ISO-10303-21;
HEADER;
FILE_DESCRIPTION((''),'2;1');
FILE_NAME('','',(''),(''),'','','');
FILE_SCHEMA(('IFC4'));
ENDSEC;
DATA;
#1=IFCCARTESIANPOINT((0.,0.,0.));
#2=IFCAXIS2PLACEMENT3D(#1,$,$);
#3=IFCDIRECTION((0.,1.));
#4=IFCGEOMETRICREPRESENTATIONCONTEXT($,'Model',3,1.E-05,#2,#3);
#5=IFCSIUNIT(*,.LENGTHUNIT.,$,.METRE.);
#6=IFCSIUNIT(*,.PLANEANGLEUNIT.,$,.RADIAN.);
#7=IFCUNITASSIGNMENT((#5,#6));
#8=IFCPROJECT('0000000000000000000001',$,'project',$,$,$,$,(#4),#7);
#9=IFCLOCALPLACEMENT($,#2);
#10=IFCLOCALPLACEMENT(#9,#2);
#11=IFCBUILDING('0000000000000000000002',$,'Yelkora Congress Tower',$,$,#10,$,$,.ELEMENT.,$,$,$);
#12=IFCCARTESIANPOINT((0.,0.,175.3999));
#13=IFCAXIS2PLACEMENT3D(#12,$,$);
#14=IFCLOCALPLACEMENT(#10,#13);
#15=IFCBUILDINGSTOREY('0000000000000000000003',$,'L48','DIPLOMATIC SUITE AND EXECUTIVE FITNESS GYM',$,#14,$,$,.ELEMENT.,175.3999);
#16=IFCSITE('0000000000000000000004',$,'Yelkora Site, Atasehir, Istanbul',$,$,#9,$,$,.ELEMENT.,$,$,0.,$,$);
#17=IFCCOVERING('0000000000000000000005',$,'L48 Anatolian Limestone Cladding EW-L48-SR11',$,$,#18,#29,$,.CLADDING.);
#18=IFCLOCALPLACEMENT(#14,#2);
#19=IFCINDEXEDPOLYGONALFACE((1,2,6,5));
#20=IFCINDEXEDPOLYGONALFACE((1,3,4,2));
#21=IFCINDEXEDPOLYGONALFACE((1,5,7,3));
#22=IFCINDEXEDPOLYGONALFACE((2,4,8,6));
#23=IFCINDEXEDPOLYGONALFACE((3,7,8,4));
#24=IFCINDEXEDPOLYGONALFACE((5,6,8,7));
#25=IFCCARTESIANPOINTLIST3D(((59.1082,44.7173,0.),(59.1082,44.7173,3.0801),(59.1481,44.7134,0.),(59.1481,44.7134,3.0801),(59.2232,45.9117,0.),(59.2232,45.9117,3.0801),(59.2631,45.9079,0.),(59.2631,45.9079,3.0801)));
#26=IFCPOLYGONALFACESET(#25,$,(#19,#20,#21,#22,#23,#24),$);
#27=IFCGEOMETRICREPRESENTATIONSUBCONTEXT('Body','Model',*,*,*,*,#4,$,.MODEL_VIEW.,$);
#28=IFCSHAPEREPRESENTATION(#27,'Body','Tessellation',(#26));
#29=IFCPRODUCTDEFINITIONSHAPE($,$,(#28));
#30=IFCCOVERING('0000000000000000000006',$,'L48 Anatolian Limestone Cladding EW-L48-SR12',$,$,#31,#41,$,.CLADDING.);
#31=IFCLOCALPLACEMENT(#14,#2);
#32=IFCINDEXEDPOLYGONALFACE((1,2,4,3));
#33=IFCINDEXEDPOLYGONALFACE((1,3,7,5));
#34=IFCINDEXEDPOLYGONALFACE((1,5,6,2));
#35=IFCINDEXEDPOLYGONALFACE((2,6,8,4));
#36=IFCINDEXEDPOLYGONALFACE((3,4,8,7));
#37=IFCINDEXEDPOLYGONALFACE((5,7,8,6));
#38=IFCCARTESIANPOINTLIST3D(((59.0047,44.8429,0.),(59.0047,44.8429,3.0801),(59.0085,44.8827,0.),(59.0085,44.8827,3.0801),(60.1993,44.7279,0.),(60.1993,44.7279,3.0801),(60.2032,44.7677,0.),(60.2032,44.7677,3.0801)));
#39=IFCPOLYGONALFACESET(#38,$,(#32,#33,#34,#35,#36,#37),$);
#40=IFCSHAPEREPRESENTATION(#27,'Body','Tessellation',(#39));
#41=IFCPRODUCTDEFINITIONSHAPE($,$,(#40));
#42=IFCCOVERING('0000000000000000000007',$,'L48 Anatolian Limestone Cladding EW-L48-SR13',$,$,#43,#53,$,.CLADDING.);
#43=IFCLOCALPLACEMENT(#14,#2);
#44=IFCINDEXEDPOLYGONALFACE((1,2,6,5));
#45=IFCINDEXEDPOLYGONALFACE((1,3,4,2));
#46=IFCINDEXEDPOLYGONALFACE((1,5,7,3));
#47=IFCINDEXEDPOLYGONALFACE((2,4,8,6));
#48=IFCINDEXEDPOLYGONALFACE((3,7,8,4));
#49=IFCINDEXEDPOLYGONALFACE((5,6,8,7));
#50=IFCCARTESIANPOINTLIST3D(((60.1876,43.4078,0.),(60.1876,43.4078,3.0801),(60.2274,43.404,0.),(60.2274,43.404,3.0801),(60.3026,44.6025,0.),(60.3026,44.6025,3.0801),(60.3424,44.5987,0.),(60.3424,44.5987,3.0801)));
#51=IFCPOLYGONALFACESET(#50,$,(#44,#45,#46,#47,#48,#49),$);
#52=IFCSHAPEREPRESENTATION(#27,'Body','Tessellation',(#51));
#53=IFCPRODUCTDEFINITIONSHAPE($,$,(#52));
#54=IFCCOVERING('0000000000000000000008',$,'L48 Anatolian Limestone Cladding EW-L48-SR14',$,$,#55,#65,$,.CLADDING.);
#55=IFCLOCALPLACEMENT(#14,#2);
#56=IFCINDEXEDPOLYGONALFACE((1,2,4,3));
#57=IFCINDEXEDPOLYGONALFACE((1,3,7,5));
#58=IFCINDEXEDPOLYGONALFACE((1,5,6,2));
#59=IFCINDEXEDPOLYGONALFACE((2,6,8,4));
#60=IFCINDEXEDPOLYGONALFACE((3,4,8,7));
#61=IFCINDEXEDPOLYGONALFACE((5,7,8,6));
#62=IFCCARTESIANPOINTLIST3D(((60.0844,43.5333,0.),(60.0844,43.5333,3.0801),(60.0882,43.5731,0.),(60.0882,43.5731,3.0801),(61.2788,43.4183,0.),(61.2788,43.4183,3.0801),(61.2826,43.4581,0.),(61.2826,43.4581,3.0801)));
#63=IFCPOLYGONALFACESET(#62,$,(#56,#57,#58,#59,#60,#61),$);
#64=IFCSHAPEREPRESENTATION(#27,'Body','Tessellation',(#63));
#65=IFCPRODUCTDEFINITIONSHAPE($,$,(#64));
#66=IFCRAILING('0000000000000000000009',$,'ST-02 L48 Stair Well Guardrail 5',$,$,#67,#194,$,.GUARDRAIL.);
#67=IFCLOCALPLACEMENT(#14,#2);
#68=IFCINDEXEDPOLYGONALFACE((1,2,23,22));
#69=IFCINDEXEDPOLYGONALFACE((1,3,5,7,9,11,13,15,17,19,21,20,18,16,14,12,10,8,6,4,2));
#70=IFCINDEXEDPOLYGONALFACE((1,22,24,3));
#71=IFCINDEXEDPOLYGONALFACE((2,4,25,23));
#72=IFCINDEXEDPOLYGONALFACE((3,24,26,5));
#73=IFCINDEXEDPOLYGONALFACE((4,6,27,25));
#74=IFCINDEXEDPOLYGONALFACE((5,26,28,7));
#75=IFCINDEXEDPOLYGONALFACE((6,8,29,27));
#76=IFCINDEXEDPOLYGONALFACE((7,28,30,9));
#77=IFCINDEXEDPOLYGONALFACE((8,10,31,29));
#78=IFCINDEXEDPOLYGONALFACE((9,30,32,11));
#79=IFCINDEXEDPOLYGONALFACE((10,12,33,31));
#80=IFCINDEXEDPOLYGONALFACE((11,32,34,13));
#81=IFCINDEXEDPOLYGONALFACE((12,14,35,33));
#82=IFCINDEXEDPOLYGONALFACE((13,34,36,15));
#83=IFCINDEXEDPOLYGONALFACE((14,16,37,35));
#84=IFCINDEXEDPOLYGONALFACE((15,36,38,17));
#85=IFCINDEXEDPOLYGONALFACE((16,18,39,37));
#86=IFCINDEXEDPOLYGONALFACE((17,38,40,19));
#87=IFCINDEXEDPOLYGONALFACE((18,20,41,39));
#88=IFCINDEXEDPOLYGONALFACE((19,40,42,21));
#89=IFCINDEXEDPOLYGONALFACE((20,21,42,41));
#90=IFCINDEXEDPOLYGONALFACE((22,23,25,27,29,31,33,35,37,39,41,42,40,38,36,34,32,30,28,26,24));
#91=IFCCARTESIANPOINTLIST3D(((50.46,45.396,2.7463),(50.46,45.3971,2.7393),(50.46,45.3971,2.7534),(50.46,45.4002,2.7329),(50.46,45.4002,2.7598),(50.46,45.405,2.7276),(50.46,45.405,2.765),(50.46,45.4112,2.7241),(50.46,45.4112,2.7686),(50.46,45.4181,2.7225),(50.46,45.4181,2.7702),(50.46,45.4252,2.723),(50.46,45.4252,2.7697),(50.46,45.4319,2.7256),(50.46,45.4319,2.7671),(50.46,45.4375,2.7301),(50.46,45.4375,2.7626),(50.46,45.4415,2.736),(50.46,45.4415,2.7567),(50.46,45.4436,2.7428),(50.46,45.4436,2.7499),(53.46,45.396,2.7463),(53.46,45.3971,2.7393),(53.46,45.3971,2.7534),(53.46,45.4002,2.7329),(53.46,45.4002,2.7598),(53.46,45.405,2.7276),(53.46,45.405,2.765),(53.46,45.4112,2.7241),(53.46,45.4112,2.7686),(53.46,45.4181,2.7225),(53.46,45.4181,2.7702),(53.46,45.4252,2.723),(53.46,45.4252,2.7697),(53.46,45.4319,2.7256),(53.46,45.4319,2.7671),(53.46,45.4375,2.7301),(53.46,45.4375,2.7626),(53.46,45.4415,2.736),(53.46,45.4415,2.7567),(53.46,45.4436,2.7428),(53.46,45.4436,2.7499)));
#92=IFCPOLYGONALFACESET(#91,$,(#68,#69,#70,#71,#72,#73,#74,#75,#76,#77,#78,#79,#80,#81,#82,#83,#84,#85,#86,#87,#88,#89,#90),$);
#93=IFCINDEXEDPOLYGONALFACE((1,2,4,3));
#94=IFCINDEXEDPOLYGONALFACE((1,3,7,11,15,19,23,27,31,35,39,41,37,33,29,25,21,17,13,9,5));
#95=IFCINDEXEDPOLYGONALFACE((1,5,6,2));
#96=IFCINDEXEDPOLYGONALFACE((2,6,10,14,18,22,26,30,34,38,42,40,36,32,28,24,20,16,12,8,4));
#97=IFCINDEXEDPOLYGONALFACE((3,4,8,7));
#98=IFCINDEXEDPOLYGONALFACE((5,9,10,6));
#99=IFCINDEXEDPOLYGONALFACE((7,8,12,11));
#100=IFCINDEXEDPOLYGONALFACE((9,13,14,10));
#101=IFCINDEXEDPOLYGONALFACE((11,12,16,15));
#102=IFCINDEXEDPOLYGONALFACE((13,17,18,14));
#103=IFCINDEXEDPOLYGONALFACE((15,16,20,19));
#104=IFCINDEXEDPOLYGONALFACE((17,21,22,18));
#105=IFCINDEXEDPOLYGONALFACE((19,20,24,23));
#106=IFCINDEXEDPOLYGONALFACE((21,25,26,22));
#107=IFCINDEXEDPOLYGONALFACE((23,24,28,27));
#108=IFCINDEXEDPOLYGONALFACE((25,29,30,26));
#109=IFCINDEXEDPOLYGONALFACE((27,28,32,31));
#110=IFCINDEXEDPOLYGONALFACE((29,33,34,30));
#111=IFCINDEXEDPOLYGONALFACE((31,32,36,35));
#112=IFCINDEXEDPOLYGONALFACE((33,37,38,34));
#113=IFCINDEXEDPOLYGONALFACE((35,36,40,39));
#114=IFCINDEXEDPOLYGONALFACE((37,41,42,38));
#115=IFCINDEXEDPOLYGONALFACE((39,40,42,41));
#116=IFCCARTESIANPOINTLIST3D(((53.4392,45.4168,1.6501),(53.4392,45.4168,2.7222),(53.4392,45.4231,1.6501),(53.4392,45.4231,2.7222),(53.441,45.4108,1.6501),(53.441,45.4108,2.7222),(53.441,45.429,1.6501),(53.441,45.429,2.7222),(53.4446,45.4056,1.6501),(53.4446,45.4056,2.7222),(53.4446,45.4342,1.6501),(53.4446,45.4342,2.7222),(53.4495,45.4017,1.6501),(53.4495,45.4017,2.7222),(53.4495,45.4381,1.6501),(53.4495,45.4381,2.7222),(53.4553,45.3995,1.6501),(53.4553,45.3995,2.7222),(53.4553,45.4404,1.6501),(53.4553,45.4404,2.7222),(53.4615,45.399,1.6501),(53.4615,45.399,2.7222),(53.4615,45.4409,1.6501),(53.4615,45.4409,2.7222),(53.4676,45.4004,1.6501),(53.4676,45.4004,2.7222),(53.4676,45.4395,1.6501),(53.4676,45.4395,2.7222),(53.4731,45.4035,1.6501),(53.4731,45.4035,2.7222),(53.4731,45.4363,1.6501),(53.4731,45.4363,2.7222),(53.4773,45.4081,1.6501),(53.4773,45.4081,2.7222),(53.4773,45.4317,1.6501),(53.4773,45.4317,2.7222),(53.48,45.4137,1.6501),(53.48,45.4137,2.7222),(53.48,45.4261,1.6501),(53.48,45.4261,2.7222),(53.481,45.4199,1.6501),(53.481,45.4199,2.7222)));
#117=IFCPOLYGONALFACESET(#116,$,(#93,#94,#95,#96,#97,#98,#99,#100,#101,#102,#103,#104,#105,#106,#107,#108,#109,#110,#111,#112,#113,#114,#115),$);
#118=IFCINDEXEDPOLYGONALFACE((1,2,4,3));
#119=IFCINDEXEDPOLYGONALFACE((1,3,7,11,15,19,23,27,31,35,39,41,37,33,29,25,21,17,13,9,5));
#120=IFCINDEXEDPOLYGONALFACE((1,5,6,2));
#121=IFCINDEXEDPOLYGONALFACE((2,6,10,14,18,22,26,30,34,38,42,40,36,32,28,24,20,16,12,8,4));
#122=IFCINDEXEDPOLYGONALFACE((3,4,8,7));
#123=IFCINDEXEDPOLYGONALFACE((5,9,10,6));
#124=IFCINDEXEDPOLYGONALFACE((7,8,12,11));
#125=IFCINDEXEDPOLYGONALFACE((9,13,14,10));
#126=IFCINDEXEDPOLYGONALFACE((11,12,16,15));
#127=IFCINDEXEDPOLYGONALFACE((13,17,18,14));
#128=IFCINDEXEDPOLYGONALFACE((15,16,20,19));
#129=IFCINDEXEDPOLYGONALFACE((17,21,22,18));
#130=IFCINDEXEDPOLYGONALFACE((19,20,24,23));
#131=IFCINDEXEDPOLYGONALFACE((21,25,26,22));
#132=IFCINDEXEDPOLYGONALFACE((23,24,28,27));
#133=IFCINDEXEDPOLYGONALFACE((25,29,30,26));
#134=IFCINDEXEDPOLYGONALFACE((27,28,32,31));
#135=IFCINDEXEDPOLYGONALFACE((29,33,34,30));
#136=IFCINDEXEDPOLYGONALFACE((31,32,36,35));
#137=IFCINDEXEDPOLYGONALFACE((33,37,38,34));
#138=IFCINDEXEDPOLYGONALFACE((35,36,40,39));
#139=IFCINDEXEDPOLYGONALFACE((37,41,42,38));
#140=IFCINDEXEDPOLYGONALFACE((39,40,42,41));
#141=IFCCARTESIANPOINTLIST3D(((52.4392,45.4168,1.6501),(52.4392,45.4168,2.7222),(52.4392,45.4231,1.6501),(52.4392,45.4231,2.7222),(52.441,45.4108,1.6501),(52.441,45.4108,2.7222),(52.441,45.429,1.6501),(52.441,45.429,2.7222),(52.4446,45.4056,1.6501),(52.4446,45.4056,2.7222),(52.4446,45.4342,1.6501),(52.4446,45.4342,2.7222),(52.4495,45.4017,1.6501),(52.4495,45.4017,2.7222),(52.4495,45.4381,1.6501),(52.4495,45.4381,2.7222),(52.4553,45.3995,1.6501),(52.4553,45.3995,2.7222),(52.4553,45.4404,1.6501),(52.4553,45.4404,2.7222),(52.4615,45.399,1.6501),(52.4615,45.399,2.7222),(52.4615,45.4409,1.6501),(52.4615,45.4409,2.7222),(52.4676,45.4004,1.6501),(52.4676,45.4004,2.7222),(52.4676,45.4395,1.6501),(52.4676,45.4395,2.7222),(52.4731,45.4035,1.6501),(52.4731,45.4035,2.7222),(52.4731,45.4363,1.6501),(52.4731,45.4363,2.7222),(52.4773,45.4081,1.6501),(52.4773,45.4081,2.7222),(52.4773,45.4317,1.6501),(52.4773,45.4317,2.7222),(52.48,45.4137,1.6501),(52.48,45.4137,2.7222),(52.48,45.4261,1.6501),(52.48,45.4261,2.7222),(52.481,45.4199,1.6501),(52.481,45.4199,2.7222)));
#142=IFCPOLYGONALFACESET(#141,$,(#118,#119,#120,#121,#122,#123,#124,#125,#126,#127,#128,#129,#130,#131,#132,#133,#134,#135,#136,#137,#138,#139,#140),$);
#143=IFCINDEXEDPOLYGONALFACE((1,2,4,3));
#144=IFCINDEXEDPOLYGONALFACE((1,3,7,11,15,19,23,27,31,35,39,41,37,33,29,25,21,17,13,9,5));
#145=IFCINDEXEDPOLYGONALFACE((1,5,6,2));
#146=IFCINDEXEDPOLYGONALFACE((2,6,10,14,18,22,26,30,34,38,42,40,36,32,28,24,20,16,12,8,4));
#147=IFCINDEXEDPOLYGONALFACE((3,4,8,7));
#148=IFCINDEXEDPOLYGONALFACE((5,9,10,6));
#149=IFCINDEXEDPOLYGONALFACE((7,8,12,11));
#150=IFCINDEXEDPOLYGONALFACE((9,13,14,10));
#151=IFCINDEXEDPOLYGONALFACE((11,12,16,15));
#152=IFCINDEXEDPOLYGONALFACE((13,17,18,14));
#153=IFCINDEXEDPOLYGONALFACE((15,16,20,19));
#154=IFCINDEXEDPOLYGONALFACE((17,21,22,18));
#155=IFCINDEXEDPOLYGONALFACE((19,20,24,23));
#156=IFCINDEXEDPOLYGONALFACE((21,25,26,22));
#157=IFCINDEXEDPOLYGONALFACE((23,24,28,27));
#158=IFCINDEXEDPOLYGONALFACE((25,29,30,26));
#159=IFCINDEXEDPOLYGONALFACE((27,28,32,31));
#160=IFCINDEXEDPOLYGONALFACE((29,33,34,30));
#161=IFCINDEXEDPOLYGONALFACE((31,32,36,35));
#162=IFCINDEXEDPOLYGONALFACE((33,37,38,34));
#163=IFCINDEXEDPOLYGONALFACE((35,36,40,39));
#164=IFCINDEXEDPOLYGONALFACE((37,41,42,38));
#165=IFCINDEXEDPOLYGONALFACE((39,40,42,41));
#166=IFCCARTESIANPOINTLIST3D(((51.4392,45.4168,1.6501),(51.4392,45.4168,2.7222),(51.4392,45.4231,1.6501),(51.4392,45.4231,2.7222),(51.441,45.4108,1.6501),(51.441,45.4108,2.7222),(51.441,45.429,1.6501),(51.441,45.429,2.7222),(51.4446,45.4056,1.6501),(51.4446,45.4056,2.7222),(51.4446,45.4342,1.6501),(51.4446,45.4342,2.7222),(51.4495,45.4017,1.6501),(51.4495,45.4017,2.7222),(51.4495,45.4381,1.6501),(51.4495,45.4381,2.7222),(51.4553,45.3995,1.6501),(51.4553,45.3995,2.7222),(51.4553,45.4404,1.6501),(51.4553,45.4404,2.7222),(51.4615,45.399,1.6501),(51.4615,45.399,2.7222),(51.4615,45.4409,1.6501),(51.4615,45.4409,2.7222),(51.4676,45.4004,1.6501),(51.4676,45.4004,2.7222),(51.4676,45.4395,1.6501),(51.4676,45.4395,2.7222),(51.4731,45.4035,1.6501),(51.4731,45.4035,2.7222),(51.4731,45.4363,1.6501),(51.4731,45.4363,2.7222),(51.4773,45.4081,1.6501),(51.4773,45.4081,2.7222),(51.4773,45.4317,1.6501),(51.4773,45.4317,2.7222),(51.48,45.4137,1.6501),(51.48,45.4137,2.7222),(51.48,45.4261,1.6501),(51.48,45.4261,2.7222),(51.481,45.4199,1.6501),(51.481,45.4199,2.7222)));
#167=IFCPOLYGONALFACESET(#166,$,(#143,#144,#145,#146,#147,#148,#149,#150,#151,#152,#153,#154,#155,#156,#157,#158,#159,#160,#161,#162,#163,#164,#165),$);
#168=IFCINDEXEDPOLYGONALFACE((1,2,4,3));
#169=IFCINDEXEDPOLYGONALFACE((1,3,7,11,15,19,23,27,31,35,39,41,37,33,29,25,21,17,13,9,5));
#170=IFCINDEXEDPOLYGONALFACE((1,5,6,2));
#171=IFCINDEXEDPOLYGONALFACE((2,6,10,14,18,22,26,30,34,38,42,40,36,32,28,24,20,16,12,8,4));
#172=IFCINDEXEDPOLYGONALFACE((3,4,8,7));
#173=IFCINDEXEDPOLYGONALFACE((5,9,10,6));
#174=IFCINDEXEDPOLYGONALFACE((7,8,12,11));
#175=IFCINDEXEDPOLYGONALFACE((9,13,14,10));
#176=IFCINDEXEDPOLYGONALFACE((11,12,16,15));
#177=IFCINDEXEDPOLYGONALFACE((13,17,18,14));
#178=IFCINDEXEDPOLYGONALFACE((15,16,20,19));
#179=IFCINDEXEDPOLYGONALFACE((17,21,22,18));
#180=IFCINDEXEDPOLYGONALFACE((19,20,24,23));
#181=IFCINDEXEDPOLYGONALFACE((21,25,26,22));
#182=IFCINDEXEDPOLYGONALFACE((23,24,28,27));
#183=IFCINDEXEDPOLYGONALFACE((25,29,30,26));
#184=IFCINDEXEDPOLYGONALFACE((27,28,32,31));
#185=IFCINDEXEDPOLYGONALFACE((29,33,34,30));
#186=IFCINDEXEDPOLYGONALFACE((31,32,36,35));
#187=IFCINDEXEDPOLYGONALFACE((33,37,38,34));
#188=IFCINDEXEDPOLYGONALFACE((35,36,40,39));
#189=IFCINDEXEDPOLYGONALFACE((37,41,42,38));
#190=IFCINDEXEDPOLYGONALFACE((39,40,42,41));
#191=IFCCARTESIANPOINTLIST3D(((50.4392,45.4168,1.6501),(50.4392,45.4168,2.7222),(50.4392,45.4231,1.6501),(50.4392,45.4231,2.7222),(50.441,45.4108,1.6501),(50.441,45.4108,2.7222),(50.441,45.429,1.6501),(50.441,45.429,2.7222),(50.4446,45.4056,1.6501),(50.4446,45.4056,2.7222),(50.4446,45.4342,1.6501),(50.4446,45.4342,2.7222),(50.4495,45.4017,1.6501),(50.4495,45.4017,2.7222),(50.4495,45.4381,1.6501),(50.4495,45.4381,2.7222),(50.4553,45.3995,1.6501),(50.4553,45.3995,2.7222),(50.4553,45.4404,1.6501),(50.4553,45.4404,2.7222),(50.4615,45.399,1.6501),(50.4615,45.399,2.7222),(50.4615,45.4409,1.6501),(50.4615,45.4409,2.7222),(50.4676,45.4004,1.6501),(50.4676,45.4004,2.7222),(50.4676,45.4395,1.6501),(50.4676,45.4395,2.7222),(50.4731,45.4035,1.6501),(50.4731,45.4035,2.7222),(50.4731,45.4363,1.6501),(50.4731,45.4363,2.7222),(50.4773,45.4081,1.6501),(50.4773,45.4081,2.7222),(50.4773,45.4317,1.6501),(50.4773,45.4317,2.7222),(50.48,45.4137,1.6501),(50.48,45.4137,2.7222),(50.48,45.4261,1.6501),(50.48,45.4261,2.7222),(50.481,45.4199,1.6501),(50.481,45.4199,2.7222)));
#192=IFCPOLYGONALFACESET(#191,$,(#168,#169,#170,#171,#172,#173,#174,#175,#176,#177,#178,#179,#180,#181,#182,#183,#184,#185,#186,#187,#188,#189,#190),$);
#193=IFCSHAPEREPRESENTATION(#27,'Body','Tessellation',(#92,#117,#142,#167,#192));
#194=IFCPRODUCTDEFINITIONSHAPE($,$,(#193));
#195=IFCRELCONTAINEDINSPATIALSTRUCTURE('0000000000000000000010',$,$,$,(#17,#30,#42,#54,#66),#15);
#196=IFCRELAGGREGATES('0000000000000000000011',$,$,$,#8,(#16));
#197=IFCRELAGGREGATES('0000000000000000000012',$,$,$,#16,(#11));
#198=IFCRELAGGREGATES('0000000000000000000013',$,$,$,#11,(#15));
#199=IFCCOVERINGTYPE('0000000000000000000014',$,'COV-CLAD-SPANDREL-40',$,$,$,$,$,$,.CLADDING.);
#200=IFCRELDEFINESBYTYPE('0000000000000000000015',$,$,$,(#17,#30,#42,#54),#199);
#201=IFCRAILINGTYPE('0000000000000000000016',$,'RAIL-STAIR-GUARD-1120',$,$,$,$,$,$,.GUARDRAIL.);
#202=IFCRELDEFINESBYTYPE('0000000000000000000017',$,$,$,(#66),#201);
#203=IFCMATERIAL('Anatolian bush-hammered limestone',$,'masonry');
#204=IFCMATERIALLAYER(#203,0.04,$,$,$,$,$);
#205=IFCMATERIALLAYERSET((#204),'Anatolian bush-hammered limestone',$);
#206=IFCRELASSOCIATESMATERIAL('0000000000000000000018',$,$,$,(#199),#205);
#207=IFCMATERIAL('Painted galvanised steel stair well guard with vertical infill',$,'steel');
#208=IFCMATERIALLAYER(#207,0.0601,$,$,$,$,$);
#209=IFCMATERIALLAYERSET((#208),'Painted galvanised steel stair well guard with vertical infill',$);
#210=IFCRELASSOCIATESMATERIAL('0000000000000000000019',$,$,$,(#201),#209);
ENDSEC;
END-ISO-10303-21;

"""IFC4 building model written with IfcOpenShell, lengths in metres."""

from ifc_helpers import new_model, si_unit, direction, frame, frame_2d, origin, origin_2d, place, context, subcontext, project, spatial, rectangle, circle, extrude, material, layer, layer_set, type_object, element, save


model = new_model("IFC4")

# Units and contexts
model_context = context("Model", 3, precision=1e-05, world=origin(), true_north=direction((0.0, 1.0)))
body_context = subcontext(model_context, "Body", "Model", "MODEL_VIEW")
ifc_project = project(units=[si_unit("LENGTHUNIT", "METRE"), si_unit("PLANEANGLEUNIT", "RADIAN")], contexts=[model_context])

# Site, building, storey
site_placement = place(None, origin())
site = spatial("IfcSite", under=ifc_project, at=site_placement, Name="Yelkora Site, Atasehir, Istanbul", CompositionType="ELEMENT", RefElevation=0.0)
building_placement = place(site_placement, origin())
building = spatial("IfcBuilding", under=site, at=building_placement, Name="Yelkora Congress Tower", CompositionType="ELEMENT")
storey_placement = place(building_placement, frame((0.0, 0.0, 175.3999)))
storey = spatial("IfcBuildingStorey", under=building, at=storey_placement, Name="L48", Description="DIPLOMATIC SUITE AND EXECUTIVE FITNESS GYM", CompositionType="ELEMENT", Elevation=175.3999)

# Coverings
ifc_material_1 = material(Name="Anatolian bush-hammered limestone", Category="masonry")
ifc_layer_1 = layer(ifc_material_1, 0.04)
ifc_layer_set_1 = layer_set([ifc_layer_1], Name="Anatolian bush-hammered limestone")
covering_type = type_object("IfcCoveringType", Name="COV-CLAD-SPANDREL-40", PredefinedType="CLADDING", material=ifc_layer_set_1)
covering_1_placement = place(storey_placement, frame((59.2432, 45.9099, 0.0), z_axis=(0.0, 0.0, 1.0), x_axis=(-0.095836, -0.995397, 0.0)))
element("IfcCovering", 1, at=covering_1_placement, inside=storey, type_object=covering_type, Name="L48 Anatolian Limestone Cladding EW-L48-SR11", PredefinedType="CLADDING", context=body_context, shape_type="SweptSolid", body=[
    extrude(rectangle(XDim=1.2, YDim=0.04, at=frame_2d((0.6001, 0.0))), origin(), (0.0, 0.0, 1.0), 3.0801),
])
for number, where, z_axis, x_axis, name in (
    (2, (59.0066, 44.8628, 0.0), (0.0, 0.0, 1.0), (0.995399, -0.095817, 0.0), "L48 Anatolian Limestone Cladding EW-L48-SR12"),
    (3, (60.3225, 44.6006, 0.0), (0.0, 0.0, 1.0), (-0.095817, -0.995399, 0.0), "L48 Anatolian Limestone Cladding EW-L48-SR13"),
):
    element("IfcCovering", number, at=place(storey_placement, frame(where, z_axis=z_axis, x_axis=x_axis)), inside=storey, type_object=covering_type, Name=name, PredefinedType="CLADDING", context=body_context, shape_type="SweptSolid", body=[
        extrude(rectangle(XDim=1.2002, YDim=0.04, at=frame_2d((0.6001, 0.0))), origin(), (0.0, 0.0, 1.0), 3.0801),
    ])
covering_2_placement = place(storey_placement, frame((60.0862, 43.5532, 0.0), z_axis=(0.0, 0.0, 1.0), x_axis=(0.995397, -0.095836, 0.0)))
element("IfcCovering", 4, at=covering_2_placement, inside=storey, type_object=covering_type, Name="L48 Anatolian Limestone Cladding EW-L48-SR14", PredefinedType="CLADDING", context=body_context, shape_type="SweptSolid", body=[
    extrude(rectangle(XDim=1.2, YDim=0.04, at=frame_2d((0.6001, 0.0))), origin(), (0.0, 0.0, 1.0), 3.0801),
])

# Railing
ifc_material_2 = material(Name="Painted galvanised steel stair well guard with vertical infill", Category="steel")
ifc_layer_2 = layer(ifc_material_2, 0.0601)
ifc_layer_set_2 = layer_set([ifc_layer_2], Name="Painted galvanised steel stair well guard with vertical infill")
railing_type = type_object("IfcRailingType", Name="RAIL-STAIR-GUARD-1120", PredefinedType="GUARDRAIL", material=ifc_layer_set_2)
railing_1_placement = place(storey_placement, frame((53.46, 45.4199, 1.6501)))
element("IfcRailing", 5, at=railing_1_placement, inside=storey, type_object=railing_type, Name="ST-02 L48 Stair Well Guardrail 5", PredefinedType="GUARDRAIL", context=body_context, shape_type="SweptSolid", body=[
    extrude(circle(Radius=0.0239, at=origin_2d()), frame((0.0, 0.0, 1.0962), z_axis=(-1.0, 0.0, 0.0), x_axis=(0.0, -1.0, 0.0)), (0.0, 0.0, 1.0), 3.0),
    extrude(circle(Radius=0.021, at=origin_2d()), origin(), (0.0, 0.0, 1.0), 1.072),
    extrude(circle(Radius=0.021, at=origin_2d()), frame((-1.0, 0.0, 0.0)), (0.0, 0.0, 1.0), 1.072),
    extrude(circle(Radius=0.021, at=origin_2d()), frame((-2.0, 0.0, 0.0)), (0.0, 0.0, 1.0), 1.072),
    extrude(circle(Radius=0.021, at=origin_2d()), frame((-3.0, 0.0, 0.0)), (0.0, 0.0, 1.0), 1.072),
])

save(model, "model.ifc")
